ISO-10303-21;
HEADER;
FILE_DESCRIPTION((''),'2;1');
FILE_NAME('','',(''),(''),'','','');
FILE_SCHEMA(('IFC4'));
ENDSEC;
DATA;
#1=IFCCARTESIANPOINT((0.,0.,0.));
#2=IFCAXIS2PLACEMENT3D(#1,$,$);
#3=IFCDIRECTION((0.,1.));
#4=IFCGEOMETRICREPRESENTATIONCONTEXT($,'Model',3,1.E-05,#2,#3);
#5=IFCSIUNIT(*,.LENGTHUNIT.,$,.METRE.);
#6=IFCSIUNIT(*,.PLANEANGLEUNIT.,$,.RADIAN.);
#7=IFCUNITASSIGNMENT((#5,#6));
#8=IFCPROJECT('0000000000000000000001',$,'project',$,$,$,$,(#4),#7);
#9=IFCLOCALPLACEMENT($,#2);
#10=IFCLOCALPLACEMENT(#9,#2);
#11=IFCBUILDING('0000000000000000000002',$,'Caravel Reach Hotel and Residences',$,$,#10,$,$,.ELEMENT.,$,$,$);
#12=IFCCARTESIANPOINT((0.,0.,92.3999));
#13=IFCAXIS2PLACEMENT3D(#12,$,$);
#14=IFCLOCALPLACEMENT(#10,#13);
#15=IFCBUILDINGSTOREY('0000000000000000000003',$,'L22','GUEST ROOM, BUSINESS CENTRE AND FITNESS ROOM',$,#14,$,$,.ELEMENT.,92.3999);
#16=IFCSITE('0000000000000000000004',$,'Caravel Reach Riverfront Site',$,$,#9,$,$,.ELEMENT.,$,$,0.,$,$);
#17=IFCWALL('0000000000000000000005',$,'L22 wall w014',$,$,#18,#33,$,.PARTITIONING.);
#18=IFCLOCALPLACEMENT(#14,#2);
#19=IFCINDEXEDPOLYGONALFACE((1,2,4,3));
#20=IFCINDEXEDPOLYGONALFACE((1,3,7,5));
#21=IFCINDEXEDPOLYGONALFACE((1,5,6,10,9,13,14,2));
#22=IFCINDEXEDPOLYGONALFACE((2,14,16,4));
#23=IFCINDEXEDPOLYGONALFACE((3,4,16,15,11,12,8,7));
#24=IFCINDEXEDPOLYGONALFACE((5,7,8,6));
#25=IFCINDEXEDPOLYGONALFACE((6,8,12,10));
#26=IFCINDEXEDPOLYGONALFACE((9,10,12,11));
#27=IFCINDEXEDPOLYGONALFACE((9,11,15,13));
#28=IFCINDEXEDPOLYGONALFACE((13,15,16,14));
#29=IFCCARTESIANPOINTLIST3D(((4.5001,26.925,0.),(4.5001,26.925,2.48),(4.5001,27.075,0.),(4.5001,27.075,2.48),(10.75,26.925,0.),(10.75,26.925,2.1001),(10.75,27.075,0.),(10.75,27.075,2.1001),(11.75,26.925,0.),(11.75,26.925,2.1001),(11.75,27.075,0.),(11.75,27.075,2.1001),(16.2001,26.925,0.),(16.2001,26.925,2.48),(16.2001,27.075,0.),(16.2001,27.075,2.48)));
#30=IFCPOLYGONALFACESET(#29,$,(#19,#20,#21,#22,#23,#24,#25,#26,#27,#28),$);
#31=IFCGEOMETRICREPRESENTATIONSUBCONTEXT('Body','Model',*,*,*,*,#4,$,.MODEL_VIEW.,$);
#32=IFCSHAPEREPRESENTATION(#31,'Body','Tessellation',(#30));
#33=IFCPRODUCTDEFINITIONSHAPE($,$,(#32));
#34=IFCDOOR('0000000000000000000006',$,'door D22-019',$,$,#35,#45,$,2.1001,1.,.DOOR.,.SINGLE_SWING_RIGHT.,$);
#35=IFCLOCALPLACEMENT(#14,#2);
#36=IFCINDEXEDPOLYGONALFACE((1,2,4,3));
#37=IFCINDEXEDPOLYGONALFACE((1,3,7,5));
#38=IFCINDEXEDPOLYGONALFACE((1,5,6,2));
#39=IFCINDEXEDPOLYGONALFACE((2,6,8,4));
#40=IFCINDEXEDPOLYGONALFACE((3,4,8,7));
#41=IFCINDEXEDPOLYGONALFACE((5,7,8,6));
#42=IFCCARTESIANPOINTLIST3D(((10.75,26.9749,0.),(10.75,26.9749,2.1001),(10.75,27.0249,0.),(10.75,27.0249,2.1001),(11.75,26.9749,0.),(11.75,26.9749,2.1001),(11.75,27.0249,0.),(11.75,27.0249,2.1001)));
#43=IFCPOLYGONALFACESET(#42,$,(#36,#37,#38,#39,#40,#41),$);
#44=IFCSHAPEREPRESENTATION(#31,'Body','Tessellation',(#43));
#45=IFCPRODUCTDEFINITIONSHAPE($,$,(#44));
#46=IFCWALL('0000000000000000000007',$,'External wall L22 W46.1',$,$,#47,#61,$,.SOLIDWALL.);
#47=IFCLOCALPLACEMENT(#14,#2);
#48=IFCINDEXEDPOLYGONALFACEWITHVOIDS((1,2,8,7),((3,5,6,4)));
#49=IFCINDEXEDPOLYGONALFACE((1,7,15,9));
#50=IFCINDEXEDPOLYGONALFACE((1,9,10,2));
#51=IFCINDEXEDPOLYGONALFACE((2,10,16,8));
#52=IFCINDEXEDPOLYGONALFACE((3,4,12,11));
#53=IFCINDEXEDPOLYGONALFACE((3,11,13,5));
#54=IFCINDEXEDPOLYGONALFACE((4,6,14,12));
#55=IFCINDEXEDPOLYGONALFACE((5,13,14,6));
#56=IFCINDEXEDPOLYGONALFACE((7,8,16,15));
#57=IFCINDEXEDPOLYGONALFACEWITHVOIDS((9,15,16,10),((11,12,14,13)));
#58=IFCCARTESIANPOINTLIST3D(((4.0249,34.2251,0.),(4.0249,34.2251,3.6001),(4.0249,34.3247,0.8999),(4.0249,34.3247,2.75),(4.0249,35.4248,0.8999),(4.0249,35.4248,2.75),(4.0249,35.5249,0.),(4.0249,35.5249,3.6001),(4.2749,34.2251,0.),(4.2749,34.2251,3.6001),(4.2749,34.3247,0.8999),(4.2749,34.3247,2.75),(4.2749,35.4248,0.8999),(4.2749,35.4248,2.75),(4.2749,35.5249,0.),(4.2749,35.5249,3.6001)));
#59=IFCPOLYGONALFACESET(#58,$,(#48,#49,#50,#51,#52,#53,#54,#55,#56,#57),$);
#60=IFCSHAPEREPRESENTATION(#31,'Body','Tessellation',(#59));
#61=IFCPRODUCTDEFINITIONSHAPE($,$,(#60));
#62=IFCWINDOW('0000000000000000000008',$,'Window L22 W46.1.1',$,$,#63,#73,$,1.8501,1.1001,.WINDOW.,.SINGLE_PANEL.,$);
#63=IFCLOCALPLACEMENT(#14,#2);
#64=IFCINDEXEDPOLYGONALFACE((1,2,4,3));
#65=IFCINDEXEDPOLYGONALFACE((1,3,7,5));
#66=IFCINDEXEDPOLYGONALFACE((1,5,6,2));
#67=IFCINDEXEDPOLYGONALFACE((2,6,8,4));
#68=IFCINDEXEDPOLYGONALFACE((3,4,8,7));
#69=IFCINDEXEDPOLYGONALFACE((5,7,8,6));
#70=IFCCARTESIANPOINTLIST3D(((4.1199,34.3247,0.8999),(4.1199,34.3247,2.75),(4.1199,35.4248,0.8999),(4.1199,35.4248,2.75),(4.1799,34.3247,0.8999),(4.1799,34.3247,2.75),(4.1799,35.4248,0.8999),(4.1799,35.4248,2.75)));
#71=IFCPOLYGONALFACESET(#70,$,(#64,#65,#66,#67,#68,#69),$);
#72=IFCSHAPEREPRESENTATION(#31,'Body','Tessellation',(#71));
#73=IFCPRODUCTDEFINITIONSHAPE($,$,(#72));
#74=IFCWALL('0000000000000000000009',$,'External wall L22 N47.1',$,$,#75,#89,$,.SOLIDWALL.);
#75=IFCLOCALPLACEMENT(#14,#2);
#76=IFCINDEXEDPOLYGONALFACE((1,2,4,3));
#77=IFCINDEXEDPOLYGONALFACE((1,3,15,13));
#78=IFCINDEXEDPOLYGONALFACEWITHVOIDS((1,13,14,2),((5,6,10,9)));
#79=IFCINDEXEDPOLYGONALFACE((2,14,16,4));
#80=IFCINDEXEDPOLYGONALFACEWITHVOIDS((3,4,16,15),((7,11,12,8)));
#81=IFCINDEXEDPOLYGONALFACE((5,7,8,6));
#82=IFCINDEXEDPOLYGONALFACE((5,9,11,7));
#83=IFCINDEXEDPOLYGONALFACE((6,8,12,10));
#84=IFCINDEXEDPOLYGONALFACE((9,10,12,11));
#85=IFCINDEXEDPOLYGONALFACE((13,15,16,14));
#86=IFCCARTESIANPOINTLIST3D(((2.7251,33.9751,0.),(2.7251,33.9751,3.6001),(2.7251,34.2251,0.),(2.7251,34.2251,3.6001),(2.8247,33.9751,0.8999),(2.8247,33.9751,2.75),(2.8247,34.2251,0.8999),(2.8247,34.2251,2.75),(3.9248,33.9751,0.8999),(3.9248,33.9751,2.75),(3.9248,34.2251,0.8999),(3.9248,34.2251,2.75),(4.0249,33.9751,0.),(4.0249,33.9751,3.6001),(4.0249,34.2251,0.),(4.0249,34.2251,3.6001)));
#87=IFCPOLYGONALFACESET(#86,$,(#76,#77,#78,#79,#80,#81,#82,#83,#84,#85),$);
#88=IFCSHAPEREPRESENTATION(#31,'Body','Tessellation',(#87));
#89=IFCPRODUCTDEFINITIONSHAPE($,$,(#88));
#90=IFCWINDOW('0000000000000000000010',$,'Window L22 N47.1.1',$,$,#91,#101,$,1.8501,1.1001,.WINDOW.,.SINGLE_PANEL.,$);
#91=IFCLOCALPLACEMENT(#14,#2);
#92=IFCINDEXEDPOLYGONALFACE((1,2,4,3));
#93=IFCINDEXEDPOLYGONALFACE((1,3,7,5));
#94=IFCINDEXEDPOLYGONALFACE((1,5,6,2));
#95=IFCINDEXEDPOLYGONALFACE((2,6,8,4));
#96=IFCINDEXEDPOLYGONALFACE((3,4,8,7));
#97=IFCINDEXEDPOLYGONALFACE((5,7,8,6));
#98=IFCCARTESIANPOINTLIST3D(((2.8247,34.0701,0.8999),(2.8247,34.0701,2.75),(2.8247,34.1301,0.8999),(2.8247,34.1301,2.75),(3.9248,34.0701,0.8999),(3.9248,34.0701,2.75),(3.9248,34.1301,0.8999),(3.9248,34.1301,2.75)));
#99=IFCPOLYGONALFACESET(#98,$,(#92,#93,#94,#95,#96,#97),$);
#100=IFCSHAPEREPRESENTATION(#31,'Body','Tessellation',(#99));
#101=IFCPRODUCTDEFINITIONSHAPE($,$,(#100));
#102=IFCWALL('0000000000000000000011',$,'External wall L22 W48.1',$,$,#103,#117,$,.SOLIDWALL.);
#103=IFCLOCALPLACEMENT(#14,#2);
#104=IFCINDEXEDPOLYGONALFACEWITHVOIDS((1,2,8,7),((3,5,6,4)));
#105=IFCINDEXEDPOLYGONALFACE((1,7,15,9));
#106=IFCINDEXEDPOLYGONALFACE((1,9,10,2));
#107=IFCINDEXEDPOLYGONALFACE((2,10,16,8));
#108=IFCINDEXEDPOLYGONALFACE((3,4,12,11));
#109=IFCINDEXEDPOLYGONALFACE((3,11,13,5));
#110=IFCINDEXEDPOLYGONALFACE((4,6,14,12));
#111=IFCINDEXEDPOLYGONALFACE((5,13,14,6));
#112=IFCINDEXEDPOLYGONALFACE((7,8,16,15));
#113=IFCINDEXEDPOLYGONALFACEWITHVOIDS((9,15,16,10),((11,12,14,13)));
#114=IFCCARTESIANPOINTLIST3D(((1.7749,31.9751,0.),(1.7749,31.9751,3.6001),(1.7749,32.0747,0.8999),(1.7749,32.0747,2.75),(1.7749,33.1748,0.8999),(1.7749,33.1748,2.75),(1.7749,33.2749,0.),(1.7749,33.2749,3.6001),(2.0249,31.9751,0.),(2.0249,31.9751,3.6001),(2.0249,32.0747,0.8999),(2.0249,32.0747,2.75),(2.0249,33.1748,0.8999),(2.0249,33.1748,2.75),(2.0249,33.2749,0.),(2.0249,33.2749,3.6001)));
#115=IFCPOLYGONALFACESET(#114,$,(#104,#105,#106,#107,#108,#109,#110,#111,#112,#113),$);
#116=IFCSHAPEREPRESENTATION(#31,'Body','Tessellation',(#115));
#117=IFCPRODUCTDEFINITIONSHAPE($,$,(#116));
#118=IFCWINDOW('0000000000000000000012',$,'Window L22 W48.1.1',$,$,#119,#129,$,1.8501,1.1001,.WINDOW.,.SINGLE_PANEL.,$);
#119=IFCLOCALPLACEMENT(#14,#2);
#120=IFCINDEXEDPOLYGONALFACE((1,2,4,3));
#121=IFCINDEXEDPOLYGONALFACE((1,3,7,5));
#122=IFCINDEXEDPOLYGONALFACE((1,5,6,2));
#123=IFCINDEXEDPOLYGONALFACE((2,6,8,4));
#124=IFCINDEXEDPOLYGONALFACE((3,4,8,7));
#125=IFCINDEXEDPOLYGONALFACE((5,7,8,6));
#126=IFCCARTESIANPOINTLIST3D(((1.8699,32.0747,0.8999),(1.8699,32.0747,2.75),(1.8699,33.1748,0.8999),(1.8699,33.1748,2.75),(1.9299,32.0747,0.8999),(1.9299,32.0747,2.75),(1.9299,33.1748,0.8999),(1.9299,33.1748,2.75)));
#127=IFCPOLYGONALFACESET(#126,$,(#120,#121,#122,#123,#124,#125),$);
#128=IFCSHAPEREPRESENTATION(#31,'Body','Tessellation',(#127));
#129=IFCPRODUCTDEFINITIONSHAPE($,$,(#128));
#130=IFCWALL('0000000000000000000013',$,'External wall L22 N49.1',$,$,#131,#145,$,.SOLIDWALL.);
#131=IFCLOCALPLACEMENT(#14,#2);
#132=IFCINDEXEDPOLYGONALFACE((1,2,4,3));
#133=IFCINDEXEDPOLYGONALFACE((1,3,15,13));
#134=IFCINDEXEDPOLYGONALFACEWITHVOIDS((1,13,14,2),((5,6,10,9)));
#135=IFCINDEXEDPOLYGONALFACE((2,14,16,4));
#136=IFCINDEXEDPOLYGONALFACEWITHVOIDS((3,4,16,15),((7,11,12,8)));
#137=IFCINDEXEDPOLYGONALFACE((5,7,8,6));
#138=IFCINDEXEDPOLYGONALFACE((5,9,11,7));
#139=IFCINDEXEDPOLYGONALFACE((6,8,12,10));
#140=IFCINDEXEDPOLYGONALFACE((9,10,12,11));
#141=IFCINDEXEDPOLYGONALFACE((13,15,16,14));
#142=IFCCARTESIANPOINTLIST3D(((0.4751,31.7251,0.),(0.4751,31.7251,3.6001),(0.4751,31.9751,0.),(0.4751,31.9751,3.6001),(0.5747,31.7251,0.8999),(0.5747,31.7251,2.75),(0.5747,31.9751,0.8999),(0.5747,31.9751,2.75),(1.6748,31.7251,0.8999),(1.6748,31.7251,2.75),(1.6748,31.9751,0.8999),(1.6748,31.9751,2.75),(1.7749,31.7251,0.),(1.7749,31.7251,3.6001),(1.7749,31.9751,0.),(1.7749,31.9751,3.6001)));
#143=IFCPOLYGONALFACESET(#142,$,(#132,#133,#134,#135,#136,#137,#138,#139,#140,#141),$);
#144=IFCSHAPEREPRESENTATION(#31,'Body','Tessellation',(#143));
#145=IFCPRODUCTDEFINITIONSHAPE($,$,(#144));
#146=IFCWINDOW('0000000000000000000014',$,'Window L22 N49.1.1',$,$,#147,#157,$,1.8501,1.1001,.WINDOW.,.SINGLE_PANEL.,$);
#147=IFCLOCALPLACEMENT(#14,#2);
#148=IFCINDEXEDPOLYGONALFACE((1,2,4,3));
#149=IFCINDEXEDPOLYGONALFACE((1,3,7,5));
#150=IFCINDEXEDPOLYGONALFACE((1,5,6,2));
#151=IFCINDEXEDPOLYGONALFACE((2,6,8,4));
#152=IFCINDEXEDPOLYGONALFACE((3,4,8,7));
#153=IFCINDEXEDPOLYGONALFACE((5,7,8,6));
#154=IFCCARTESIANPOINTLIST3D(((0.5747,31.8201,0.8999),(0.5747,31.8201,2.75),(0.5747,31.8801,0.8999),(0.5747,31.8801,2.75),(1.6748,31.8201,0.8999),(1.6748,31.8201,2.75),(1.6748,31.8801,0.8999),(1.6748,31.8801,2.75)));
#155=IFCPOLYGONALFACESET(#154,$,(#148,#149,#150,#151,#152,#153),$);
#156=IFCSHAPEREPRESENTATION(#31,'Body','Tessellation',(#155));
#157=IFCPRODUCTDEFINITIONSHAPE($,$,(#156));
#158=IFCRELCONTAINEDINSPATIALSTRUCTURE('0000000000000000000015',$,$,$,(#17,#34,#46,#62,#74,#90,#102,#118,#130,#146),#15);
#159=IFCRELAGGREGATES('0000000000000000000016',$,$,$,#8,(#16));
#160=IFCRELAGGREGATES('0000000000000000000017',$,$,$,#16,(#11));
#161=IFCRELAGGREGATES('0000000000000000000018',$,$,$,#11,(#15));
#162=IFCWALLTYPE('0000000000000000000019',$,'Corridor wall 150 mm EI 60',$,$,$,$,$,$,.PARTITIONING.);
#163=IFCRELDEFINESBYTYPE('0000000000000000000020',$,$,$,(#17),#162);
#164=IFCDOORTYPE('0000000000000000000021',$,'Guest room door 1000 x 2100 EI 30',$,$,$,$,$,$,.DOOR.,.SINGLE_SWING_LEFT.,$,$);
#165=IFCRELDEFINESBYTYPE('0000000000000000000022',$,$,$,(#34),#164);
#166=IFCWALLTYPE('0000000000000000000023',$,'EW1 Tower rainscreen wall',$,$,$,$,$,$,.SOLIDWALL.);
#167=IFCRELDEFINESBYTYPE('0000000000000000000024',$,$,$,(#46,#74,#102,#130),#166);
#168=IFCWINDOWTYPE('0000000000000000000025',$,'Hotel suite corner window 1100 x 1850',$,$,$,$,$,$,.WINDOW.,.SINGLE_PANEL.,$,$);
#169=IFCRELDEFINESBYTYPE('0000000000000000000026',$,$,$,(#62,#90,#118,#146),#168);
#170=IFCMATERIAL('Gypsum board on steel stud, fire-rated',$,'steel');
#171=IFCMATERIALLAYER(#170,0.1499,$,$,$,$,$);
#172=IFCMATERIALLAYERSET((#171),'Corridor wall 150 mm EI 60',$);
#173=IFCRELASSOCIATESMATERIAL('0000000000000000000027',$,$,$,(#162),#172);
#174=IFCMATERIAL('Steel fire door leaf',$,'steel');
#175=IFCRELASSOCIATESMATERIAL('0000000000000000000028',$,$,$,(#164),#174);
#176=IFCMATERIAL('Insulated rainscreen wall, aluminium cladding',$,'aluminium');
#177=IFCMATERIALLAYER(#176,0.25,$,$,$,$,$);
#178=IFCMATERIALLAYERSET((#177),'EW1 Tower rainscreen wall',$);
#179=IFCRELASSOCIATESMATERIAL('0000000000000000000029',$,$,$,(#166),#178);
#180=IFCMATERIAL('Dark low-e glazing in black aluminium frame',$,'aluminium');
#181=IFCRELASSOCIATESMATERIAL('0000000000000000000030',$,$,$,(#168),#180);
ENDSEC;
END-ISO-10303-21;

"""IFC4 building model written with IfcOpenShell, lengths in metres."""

from ifc_helpers import new_model, si_unit, direction, frame, frame_2d, origin, place, context, subcontext, project, spatial, rectangle, extrude, material, layer, layer_set, type_object, element, fill, save


model = new_model("IFC4")

# Units and contexts
model_context = context("Model", 3, precision=1e-05, world=origin(), true_north=direction((0.0, 1.0)))
body_context = subcontext(model_context, "Body", "Model", "MODEL_VIEW")
ifc_project = project(units=[si_unit("LENGTHUNIT", "METRE"), si_unit("PLANEANGLEUNIT", "RADIAN")], contexts=[model_context])

# Site, building, storey
site_placement = place(None, origin())
site = spatial("IfcSite", under=ifc_project, at=site_placement, Name="Caravel Reach Riverfront Site", CompositionType="ELEMENT", RefElevation=0.0)
building_placement = place(site_placement, origin())
building = spatial("IfcBuilding", under=site, at=building_placement, Name="Caravel Reach Hotel and Residences", CompositionType="ELEMENT")
storey_placement = place(building_placement, frame((0.0, 0.0, 92.3999)))
storey = spatial("IfcBuildingStorey", under=building, at=storey_placement, Name="L22", Description="GUEST ROOM, BUSINESS CENTRE AND FITNESS ROOM", CompositionType="ELEMENT", Elevation=92.3999)

# Wall, opening, door
ifc_material_1 = material(Name="Gypsum board on steel stud, fire-rated", Category="steel")
ifc_layer_1 = layer(ifc_material_1, 0.1499)
ifc_layer_set_1 = layer_set([ifc_layer_1], Name="Corridor wall 150 mm EI 60")
wall_type_1 = type_object("IfcWallType", Name="Corridor wall 150 mm EI 60", PredefinedType="PARTITIONING", material=ifc_layer_set_1)
wall_1_placement = place(storey_placement, frame((4.5, 27.0, 0.0), z_axis=(0.0, 0.0, 1.0), x_axis=(1.0, 0.0, 0.0)))
wall_1 = element("IfcWall", 1, at=wall_1_placement, inside=storey, type_object=wall_type_1, Name="L22 wall w014", PredefinedType="PARTITIONING", context=body_context, shape_type="SweptSolid", body=[
    extrude(rectangle(XDim=11.7, YDim=0.1499, at=frame_2d((5.8501, 0.0))), origin(), (0.0, 0.0, 1.0), 2.48),
])
opening_1_placement = place(wall_1_placement, frame((6.25, 0.0, 0.0)))
opening_1 = element("IfcOpeningElement", 2, at=opening_1_placement, cuts=wall_1, PredefinedType="OPENING", context=body_context, shape_type="SweptSolid", body=[
    extrude(rectangle(XDim=1.0, YDim=2.1001, at=frame_2d((0.5, 1.05))), frame((0.0, 0.085, 0.0), z_axis=(0.0, -1.0, 0.0), x_axis=(1.0, 0.0, 0.0)), (0.0, 0.0, 1.0), 0.1699),
])
ifc_material_2 = material(Name="Steel fire door leaf", Category="steel")
door_type_1 = type_object("IfcDoorType", Name="Guest room door 1000 x 2100 EI 30", OperationType="SINGLE_SWING_LEFT", PredefinedType="DOOR", material=ifc_material_2)
door_1_placement = place(opening_1_placement, origin())
door_1 = element("IfcDoor", 3, at=door_1_placement, inside=storey, type_object=door_type_1, Name="door D22-019", OperationType="SINGLE_SWING_RIGHT", OverallHeight=2.1001, OverallWidth=1.0, PredefinedType="DOOR", context=body_context, shape_type="SweptSolid", body=[
    extrude(rectangle(XDim=1.0, YDim=2.1001, at=frame_2d((0.5, 1.05))), frame((0.0, 0.0249, 0.0), z_axis=(0.0, -1.0, 0.0), x_axis=(1.0, 0.0, 0.0)), (0.0, 0.0, 1.0), 0.05),
])
fill(opening_1, door_1)

# Walls, openings, windows
ifc_material_3 = material(Name="Insulated rainscreen wall, aluminium cladding", Category="aluminium")
ifc_layer_2 = layer(ifc_material_3, 0.25)
ifc_layer_set_2 = layer_set([ifc_layer_2], Name="EW1 Tower rainscreen wall")
wall_type_2 = type_object("IfcWallType", Name="EW1 Tower rainscreen wall", PredefinedType="SOLIDWALL", material=ifc_layer_set_2)
wall_2_placement = place(storey_placement, frame((4.1499, 35.5249, 0.0), z_axis=(0.0, 0.0, 1.0), x_axis=(0.0, -1.0, 0.0)))
wall_2 = element("IfcWall", 4, at=wall_2_placement, inside=storey, type_object=wall_type_2, Name="External wall L22 W46.1", PredefinedType="SOLIDWALL", context=body_context, shape_type="SweptSolid", body=[
    extrude(rectangle(XDim=1.2998, YDim=0.25, at=frame_2d((0.6499, 0.0))), origin(), (0.0, 0.0, 1.0), 3.6001),
])
opening_2_placement = place(wall_2_placement, frame((0.1001, 0.0, 0.8999)))
opening_2 = element("IfcOpeningElement", 5, at=opening_2_placement, cuts=wall_2, PredefinedType="OPENING", context=body_context, shape_type="SweptSolid", body=[
    extrude(rectangle(XDim=1.1001, YDim=1.8501, at=frame_2d((0.55, 0.925))), frame((0.0, 0.135, 0.0), z_axis=(0.0, -1.0, 0.0), x_axis=(1.0, 0.0, 0.0)), (0.0, 0.0, 1.0), 0.27),
])
ifc_material_4 = material(Name="Dark low-e glazing in black aluminium frame", Category="aluminium")
window_type_1 = type_object("IfcWindowType", Name="Hotel suite corner window 1100 x 1850", PartitioningType="SINGLE_PANEL", PredefinedType="WINDOW", material=ifc_material_4)
window_1_placement = place(opening_2_placement, origin())
window_1 = element("IfcWindow", 6, at=window_1_placement, inside=storey, type_object=window_type_1, Name="Window L22 W46.1.1", OverallHeight=1.8501, OverallWidth=1.1001, PartitioningType="SINGLE_PANEL", PredefinedType="WINDOW", context=body_context, shape_type="SweptSolid", body=[
    extrude(rectangle(XDim=1.1001, YDim=1.8501, at=frame_2d((0.55, 0.925))), frame((0.0, 0.03, 0.0), z_axis=(0.0, -1.0, 0.0), x_axis=(1.0, 0.0, 0.0)), (0.0, 0.0, 1.0), 0.0601),
])
fill(opening_2, window_1)
wall_3_placement = place(storey_placement, frame((4.0249, 34.1001, 0.0), z_axis=(0.0, 0.0, 1.0), x_axis=(-1.0, 0.0, 0.0)))
wall_3 = element("IfcWall", 7, at=wall_3_placement, inside=storey, type_object=wall_type_2, Name="External wall L22 N47.1", PredefinedType="SOLIDWALL", context=body_context, shape_type="SweptSolid", body=[
    extrude(rectangle(XDim=1.2998, YDim=0.25, at=frame_2d((0.6499, 0.0))), origin(), (0.0, 0.0, 1.0), 3.6001),
])
opening_3_placement = place(wall_3_placement, frame((0.1001, 0.0, 0.8999)))
opening_3 = element("IfcOpeningElement", 8, at=opening_3_placement, cuts=wall_3, PredefinedType="OPENING", context=body_context, shape_type="SweptSolid", body=[
    extrude(rectangle(XDim=1.1001, YDim=1.8501, at=frame_2d((0.55, 0.925))), frame((0.0, 0.135, 0.0), z_axis=(0.0, -1.0, 0.0), x_axis=(1.0, 0.0, 0.0)), (0.0, 0.0, 1.0), 0.27),
])
window_2_placement = place(opening_3_placement, origin())
window_2 = element("IfcWindow", 9, at=window_2_placement, inside=storey, type_object=window_type_1, Name="Window L22 N47.1.1", OverallHeight=1.8501, OverallWidth=1.1001, PartitioningType="SINGLE_PANEL", PredefinedType="WINDOW", context=body_context, shape_type="SweptSolid", body=[
    extrude(rectangle(XDim=1.1001, YDim=1.8501, at=frame_2d((0.55, 0.925))), frame((0.0, 0.03, 0.0), z_axis=(0.0, -1.0, 0.0), x_axis=(1.0, 0.0, 0.0)), (0.0, 0.0, 1.0), 0.0601),
])
fill(opening_3, window_2)
wall_4_placement = place(storey_placement, frame((1.8999, 33.2749, 0.0), z_axis=(0.0, 0.0, 1.0), x_axis=(0.0, -1.0, 0.0)))
wall_4 = element("IfcWall", 10, at=wall_4_placement, inside=storey, type_object=wall_type_2, Name="External wall L22 W48.1", PredefinedType="SOLIDWALL", context=body_context, shape_type="SweptSolid", body=[
    extrude(rectangle(XDim=1.2998, YDim=0.25, at=frame_2d((0.6499, 0.0))), origin(), (0.0, 0.0, 1.0), 3.6001),
])
opening_4_placement = place(wall_4_placement, frame((0.1001, 0.0, 0.8999)))
opening_4 = element("IfcOpeningElement", 11, at=opening_4_placement, cuts=wall_4, PredefinedType="OPENING", context=body_context, shape_type="SweptSolid", body=[
    extrude(rectangle(XDim=1.1001, YDim=1.8501, at=frame_2d((0.55, 0.925))), frame((0.0, 0.135, 0.0), z_axis=(0.0, -1.0, 0.0), x_axis=(1.0, 0.0, 0.0)), (0.0, 0.0, 1.0), 0.27),
])
window_3_placement = place(opening_4_placement, origin())
window_3 = element("IfcWindow", 12, at=window_3_placement, inside=storey, type_object=window_type_1, Name="Window L22 W48.1.1", OverallHeight=1.8501, OverallWidth=1.1001, PartitioningType="SINGLE_PANEL", PredefinedType="WINDOW", context=body_context, shape_type="SweptSolid", body=[
    extrude(rectangle(XDim=1.1001, YDim=1.8501, at=frame_2d((0.55, 0.925))), frame((0.0, 0.03, 0.0), z_axis=(0.0, -1.0, 0.0), x_axis=(1.0, 0.0, 0.0)), (0.0, 0.0, 1.0), 0.0601),
])
fill(opening_4, window_3)
wall_5_placement = place(storey_placement, frame((1.7749, 31.8501, 0.0), z_axis=(0.0, 0.0, 1.0), x_axis=(-1.0, 0.0, 0.0)))
wall_5 = element("IfcWall", 13, at=wall_5_placement, inside=storey, type_object=wall_type_2, Name="External wall L22 N49.1", PredefinedType="SOLIDWALL", context=body_context, shape_type="SweptSolid", body=[
    extrude(rectangle(XDim=1.2998, YDim=0.25, at=frame_2d((0.6499, 0.0))), origin(), (0.0, 0.0, 1.0), 3.6001),
])
opening_5_placement = place(wall_5_placement, frame((0.1001, 0.0, 0.8999)))
opening_5 = element("IfcOpeningElement", 14, at=opening_5_placement, cuts=wall_5, PredefinedType="OPENING", context=body_context, shape_type="SweptSolid", body=[
    extrude(rectangle(XDim=1.1001, YDim=1.8501, at=frame_2d((0.55, 0.925))), frame((0.0, 0.135, 0.0), z_axis=(0.0, -1.0, 0.0), x_axis=(1.0, 0.0, 0.0)), (0.0, 0.0, 1.0), 0.27),
])
window_4_placement = place(opening_5_placement, origin())
window_4 = element("IfcWindow", 15, at=window_4_placement, inside=storey, type_object=window_type_1, Name="Window L22 N49.1.1", OverallHeight=1.8501, OverallWidth=1.1001, PartitioningType="SINGLE_PANEL", PredefinedType="WINDOW", context=body_context, shape_type="SweptSolid", body=[
    extrude(rectangle(XDim=1.1001, YDim=1.8501, at=frame_2d((0.55, 0.925))), frame((0.0, 0.03, 0.0), z_axis=(0.0, -1.0, 0.0), x_axis=(1.0, 0.0, 0.0)), (0.0, 0.0, 1.0), 0.0601),
])
fill(opening_5, window_4)

save(model, "model.ifc")
